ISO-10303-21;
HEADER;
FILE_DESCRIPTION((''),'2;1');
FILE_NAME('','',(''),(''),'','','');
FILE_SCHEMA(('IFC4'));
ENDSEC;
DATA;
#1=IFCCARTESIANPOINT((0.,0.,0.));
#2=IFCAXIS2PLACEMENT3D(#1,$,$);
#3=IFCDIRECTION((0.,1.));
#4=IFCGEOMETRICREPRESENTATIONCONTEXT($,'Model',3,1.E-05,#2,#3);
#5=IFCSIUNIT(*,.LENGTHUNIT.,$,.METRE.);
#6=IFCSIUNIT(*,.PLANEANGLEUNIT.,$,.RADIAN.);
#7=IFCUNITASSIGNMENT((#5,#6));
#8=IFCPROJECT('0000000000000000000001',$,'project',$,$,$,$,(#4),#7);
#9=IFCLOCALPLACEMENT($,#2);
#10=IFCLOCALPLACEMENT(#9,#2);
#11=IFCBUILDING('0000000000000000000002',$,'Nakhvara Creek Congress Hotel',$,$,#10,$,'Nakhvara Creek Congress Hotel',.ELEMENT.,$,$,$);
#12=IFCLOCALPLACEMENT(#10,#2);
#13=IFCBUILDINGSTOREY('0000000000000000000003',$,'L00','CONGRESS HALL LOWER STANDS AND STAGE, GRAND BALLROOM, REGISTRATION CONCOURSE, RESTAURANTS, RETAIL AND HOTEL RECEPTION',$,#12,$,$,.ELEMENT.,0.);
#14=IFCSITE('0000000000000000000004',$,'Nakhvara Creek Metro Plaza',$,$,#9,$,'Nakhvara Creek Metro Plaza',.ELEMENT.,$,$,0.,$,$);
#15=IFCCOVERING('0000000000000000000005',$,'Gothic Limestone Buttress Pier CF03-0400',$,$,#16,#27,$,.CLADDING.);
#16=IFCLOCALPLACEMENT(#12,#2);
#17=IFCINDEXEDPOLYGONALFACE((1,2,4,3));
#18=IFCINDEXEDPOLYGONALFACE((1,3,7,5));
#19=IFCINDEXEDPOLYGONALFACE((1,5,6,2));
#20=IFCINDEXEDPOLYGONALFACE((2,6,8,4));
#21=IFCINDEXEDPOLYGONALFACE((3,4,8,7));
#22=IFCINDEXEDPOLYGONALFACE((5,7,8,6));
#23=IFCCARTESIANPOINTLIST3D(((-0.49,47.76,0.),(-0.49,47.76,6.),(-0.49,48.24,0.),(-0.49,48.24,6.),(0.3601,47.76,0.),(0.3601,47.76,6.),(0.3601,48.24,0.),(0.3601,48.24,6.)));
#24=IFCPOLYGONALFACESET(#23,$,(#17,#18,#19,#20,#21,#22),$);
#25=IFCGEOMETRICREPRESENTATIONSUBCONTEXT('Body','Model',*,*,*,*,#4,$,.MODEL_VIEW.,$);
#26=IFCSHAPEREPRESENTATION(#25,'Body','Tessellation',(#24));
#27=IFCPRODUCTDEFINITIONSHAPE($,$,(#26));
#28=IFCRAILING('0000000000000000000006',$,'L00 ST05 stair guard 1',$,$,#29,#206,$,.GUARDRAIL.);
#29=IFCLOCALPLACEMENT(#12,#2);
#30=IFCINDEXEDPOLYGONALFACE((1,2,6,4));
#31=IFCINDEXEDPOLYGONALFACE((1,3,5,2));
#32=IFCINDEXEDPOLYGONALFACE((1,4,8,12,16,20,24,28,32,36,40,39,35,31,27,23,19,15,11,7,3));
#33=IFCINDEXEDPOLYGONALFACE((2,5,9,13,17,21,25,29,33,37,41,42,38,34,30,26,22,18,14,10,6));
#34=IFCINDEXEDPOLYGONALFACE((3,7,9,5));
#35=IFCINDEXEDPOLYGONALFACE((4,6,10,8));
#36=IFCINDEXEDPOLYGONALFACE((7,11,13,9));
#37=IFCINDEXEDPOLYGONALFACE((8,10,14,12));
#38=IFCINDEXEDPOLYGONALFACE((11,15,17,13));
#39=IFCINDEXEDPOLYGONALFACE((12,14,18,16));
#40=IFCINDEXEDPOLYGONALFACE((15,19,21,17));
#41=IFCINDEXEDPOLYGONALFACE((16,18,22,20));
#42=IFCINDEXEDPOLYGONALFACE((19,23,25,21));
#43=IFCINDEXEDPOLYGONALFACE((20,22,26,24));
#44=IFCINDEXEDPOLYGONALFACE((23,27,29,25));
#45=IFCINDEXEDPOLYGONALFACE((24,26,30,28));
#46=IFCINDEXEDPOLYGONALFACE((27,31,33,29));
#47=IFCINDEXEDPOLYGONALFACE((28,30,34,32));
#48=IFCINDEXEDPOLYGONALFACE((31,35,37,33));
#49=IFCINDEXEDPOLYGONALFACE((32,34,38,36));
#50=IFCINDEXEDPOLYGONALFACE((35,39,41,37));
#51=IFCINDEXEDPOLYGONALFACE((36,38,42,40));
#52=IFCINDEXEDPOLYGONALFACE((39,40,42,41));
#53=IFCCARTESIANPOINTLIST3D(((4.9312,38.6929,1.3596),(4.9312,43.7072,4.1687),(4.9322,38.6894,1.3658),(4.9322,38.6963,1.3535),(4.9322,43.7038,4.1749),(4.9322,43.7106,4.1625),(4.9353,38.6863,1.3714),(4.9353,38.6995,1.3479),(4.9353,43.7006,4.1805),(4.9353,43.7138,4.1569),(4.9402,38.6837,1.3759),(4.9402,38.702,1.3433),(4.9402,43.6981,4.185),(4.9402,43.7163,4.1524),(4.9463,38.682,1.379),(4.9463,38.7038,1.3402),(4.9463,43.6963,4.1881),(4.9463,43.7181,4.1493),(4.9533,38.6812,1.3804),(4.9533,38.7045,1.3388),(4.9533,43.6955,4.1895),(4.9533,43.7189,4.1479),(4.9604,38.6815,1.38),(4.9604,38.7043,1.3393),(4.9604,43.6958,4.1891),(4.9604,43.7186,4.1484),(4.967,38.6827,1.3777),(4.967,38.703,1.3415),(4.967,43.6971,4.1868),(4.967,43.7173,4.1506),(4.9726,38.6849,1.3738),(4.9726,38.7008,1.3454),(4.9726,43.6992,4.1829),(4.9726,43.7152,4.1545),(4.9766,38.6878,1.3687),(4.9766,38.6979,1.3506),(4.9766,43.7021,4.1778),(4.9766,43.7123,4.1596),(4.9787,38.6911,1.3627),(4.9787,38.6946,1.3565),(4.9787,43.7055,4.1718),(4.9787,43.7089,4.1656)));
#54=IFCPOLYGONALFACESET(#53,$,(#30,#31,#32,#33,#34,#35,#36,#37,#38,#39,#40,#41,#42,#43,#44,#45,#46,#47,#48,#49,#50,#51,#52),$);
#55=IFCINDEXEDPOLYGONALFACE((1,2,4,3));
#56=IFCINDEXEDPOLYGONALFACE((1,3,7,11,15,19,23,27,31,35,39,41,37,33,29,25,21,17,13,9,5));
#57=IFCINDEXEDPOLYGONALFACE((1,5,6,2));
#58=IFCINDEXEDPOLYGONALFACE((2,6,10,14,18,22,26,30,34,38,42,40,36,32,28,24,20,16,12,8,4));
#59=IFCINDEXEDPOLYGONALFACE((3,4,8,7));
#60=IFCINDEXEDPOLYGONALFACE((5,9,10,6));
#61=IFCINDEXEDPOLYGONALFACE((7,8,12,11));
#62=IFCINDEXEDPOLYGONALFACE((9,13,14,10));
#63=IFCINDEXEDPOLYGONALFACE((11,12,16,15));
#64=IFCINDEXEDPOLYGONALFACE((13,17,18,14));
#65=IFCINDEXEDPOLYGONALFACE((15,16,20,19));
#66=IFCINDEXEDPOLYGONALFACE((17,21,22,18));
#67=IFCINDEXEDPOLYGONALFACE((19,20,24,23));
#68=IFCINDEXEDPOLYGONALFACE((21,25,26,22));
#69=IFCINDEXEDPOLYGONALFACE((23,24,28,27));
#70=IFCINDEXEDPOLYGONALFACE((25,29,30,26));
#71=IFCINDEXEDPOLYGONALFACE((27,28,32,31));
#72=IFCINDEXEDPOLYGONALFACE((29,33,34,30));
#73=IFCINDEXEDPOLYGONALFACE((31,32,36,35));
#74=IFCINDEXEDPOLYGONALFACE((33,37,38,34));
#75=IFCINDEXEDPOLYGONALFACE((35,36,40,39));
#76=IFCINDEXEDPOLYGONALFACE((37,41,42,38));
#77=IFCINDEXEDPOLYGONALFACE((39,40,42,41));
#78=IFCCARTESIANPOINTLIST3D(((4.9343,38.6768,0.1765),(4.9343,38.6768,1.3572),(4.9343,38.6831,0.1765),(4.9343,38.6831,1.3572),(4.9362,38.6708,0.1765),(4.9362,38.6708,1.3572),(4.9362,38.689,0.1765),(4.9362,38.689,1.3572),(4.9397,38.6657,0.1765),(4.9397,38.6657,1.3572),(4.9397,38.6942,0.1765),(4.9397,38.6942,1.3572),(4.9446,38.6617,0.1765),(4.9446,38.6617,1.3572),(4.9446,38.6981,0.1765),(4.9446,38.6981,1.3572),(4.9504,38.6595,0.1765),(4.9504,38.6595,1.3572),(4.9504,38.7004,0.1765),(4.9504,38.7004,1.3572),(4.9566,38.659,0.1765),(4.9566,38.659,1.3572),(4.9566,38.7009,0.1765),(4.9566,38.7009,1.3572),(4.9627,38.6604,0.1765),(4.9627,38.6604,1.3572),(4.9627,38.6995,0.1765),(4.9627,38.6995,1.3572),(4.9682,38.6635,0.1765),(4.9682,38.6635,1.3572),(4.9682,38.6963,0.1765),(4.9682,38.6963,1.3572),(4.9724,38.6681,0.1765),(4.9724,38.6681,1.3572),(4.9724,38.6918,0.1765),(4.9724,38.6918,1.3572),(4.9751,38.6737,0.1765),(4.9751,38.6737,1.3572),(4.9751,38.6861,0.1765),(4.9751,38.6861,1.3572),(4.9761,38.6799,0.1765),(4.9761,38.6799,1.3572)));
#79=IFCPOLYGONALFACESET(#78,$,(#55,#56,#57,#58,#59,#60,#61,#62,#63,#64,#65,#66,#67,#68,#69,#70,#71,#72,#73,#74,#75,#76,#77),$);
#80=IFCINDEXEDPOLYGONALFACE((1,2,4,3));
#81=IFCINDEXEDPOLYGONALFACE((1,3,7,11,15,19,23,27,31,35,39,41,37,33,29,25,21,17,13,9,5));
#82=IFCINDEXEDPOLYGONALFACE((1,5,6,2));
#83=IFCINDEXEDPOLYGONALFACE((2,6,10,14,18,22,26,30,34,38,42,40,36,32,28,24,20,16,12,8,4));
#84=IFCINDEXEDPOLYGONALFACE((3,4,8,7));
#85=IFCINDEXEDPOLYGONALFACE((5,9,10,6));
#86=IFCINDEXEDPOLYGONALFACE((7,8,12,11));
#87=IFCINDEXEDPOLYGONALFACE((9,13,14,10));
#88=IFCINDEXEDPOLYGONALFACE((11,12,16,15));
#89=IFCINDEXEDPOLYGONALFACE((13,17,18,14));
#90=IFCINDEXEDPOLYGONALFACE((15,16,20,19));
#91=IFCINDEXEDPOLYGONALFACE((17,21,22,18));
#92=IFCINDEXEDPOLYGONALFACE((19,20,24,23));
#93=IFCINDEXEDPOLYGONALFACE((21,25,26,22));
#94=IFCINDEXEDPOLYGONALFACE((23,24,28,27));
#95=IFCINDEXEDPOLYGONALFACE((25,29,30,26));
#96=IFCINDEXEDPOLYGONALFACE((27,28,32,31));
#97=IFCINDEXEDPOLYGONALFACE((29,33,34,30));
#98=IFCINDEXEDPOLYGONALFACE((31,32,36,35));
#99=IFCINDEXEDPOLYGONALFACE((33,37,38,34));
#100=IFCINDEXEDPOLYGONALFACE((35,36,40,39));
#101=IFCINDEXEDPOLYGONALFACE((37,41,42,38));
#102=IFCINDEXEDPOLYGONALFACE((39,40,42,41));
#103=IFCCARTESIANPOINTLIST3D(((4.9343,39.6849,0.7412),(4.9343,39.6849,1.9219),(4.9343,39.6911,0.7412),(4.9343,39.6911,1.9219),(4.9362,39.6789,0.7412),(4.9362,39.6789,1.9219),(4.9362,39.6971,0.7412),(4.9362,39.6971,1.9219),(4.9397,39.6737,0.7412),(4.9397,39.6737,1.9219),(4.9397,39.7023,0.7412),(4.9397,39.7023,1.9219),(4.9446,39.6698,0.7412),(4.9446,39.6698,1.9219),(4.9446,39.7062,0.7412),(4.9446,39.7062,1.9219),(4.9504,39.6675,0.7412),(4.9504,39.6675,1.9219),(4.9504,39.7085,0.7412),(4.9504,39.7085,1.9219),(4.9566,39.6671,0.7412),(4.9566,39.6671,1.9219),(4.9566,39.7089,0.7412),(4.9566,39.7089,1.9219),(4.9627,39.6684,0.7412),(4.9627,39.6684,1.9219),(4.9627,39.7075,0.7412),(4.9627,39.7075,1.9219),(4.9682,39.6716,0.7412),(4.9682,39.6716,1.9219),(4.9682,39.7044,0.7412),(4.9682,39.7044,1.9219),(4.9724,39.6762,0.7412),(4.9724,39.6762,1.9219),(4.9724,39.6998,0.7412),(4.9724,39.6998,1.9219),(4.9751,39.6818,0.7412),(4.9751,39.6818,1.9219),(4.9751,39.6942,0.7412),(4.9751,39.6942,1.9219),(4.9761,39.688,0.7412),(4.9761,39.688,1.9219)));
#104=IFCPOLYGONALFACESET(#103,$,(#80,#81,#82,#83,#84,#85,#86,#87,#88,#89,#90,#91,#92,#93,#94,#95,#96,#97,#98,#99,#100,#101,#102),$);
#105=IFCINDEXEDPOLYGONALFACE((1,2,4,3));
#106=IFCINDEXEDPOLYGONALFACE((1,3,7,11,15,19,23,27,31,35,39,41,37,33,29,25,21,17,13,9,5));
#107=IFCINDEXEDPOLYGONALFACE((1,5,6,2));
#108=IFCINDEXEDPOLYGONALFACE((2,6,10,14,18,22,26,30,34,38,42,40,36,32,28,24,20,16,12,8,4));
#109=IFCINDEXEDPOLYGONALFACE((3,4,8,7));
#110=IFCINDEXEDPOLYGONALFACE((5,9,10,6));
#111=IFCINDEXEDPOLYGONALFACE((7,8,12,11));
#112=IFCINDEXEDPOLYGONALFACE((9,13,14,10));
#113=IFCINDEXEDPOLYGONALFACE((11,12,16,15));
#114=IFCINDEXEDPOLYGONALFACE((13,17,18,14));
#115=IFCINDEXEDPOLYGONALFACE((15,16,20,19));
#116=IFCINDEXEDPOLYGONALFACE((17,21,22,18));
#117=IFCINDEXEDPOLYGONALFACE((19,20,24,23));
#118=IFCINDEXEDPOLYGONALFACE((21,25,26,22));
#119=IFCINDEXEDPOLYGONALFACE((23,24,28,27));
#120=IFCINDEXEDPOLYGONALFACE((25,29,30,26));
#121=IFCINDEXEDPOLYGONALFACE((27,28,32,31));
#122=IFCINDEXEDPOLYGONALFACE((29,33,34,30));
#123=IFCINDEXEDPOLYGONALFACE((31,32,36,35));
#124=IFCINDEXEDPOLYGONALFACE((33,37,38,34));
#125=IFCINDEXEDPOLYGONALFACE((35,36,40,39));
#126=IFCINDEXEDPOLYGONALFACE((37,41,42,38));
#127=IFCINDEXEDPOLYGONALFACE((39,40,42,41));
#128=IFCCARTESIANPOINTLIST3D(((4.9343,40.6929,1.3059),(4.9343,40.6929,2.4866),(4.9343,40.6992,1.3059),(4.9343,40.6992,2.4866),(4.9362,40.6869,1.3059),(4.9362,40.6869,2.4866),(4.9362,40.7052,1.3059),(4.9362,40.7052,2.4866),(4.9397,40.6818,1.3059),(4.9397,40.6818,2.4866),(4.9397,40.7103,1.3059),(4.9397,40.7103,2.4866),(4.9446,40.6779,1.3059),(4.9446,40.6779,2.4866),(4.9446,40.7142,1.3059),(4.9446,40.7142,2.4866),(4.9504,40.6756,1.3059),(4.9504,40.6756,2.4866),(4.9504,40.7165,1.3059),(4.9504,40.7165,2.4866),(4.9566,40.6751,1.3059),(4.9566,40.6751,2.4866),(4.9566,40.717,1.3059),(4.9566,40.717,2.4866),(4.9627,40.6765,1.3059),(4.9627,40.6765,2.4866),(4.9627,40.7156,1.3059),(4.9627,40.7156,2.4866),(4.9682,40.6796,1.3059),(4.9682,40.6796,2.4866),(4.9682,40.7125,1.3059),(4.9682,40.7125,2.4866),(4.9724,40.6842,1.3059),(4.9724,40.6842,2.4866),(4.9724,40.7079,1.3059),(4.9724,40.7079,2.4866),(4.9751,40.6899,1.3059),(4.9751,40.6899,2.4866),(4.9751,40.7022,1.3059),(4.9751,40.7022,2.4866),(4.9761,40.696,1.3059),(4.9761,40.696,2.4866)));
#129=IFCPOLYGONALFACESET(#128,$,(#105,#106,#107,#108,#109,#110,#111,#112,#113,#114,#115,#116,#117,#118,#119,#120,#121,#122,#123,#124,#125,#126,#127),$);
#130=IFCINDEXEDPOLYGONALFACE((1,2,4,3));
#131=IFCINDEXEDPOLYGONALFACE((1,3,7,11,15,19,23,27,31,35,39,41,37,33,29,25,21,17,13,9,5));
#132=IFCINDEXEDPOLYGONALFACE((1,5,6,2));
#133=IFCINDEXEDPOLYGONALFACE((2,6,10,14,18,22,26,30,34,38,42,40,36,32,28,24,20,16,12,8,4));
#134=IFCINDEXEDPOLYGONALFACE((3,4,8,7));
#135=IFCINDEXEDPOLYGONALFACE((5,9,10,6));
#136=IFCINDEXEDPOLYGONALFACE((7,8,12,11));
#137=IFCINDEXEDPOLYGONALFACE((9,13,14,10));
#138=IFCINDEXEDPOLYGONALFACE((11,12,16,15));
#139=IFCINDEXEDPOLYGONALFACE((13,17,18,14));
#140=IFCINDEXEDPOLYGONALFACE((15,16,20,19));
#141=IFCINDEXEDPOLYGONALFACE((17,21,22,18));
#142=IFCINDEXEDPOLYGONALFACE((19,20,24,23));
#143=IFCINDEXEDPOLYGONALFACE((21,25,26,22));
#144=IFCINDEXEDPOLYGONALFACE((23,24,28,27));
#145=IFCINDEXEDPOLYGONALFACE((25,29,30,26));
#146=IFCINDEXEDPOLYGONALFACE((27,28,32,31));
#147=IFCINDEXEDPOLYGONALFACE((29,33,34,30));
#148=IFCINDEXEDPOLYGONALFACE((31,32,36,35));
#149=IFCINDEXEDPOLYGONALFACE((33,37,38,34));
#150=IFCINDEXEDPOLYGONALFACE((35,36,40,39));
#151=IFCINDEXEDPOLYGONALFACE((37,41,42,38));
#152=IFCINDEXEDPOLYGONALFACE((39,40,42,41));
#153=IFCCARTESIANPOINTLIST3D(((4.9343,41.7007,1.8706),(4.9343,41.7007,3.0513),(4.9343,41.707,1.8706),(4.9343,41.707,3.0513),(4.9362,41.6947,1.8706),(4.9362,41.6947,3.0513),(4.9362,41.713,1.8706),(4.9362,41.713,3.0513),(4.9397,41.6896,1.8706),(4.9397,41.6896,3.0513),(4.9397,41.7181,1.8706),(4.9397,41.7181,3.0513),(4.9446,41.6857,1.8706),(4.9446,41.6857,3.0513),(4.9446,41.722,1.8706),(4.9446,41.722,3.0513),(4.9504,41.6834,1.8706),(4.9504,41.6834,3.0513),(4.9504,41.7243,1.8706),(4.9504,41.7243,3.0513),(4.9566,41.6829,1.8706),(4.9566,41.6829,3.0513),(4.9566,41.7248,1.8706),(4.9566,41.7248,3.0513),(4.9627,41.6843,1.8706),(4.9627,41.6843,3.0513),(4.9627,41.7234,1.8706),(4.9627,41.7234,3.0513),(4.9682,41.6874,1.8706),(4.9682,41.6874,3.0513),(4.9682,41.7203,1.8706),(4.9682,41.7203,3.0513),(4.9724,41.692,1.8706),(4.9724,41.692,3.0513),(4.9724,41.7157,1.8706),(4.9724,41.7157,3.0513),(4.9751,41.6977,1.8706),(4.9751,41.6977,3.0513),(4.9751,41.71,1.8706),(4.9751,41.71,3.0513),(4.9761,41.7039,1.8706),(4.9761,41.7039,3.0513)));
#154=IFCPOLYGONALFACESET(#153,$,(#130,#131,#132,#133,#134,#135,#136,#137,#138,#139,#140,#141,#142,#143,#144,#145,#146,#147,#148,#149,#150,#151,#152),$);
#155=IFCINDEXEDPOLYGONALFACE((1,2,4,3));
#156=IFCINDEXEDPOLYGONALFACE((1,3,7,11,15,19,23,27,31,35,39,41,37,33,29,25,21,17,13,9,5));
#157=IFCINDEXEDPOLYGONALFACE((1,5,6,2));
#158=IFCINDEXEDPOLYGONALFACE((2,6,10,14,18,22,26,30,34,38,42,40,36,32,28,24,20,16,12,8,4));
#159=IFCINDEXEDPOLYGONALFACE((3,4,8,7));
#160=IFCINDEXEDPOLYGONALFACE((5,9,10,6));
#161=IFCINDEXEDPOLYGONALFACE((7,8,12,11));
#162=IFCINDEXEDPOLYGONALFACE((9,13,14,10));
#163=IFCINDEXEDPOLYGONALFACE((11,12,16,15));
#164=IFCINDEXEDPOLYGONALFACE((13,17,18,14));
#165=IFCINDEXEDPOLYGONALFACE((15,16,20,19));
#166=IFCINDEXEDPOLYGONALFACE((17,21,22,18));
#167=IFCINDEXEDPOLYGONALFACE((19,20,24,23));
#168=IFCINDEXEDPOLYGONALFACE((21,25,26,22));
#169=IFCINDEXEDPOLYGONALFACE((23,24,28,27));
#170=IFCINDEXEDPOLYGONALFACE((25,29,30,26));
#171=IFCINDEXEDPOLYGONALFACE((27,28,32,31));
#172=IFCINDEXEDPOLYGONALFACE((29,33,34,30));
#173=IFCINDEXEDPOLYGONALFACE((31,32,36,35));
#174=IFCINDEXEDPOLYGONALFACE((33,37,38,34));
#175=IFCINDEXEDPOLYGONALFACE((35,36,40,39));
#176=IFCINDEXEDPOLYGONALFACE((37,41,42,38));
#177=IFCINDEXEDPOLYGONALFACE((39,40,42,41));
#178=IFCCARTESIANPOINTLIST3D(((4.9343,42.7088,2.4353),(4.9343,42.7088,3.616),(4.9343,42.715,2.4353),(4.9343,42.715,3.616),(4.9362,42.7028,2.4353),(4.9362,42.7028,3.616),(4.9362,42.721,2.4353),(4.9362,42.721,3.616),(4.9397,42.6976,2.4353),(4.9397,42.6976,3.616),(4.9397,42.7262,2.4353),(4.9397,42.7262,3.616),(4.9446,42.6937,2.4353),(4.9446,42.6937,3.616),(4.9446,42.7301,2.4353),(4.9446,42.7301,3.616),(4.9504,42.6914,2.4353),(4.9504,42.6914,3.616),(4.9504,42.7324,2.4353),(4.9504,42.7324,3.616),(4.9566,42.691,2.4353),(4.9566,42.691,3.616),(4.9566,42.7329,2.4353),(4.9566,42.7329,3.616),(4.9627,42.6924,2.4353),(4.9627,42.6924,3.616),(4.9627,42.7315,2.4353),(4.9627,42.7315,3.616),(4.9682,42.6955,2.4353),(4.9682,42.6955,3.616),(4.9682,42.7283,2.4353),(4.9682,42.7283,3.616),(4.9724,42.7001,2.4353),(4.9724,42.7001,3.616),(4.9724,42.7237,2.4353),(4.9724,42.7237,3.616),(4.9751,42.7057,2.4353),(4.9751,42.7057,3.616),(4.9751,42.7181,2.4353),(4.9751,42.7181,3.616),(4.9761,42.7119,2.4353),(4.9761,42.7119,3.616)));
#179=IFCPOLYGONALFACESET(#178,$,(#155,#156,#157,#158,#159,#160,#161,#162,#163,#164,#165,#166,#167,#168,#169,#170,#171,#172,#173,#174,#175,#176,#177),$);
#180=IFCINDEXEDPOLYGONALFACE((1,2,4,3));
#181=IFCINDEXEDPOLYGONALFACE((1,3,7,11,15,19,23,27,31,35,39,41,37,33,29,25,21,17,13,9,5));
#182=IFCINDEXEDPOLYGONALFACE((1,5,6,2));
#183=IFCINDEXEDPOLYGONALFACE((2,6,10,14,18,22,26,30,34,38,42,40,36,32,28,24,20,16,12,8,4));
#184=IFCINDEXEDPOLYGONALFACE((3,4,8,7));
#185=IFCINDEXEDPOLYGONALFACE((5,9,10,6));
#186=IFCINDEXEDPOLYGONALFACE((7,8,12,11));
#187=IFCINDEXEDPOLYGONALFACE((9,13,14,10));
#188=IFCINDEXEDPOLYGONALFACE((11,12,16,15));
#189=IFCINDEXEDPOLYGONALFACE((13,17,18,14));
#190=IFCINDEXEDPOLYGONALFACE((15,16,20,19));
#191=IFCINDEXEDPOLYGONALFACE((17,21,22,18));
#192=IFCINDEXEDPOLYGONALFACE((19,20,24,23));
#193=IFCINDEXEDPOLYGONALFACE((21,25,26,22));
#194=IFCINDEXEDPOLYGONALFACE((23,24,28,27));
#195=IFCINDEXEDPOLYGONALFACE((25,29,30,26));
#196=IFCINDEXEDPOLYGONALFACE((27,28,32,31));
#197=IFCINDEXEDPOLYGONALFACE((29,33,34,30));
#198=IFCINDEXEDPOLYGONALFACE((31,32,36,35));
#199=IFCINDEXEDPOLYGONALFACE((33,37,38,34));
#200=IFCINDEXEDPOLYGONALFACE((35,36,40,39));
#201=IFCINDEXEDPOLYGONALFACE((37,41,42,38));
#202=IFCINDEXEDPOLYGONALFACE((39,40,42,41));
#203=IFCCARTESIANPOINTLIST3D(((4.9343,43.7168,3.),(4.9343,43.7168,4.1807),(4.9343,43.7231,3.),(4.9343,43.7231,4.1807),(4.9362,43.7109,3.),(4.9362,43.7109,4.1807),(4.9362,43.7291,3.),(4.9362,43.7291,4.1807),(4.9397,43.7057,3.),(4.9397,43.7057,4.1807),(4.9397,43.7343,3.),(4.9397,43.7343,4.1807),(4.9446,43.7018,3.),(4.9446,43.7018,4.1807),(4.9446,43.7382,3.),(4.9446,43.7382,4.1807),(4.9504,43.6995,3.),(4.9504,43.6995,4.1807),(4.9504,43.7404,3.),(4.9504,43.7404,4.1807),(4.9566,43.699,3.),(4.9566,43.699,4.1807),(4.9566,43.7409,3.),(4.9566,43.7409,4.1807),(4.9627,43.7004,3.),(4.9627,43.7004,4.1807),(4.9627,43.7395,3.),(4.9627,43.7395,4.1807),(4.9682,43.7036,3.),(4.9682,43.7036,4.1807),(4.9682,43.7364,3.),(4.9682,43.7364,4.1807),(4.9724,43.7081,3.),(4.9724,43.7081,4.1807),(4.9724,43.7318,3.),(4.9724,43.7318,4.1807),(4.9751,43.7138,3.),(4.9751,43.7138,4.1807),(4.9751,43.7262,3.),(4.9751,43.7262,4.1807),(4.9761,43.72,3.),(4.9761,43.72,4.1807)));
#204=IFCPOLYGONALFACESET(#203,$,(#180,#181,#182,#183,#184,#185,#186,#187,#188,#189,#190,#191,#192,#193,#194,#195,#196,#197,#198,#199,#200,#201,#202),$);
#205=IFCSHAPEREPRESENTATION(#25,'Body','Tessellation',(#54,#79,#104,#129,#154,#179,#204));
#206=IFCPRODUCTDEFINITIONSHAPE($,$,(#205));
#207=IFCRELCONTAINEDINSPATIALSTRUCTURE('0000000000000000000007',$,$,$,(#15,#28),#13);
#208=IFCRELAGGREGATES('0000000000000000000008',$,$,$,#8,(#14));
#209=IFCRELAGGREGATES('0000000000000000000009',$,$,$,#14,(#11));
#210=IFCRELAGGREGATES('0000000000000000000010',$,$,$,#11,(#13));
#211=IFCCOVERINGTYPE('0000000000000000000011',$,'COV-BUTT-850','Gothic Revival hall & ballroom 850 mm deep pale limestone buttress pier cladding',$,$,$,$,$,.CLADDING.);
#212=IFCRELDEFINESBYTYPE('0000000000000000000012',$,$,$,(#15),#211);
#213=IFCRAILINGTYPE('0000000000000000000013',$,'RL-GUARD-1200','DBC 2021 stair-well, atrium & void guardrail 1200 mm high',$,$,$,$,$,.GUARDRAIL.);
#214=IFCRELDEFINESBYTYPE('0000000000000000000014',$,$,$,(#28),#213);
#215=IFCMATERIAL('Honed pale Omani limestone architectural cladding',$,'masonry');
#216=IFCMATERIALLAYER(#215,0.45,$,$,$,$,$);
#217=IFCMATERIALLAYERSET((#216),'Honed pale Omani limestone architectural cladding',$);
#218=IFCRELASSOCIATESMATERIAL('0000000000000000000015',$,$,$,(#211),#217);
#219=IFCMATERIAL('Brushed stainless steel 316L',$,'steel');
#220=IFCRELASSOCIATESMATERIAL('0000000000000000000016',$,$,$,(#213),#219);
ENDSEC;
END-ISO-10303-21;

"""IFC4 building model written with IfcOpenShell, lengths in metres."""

from ifc_helpers import new_model, si_unit, direction, frame, origin, origin_2d, place, context, subcontext, project, spatial, rectangle, circle, extrude, material, layer, layer_set, type_object, element, save


model = new_model("IFC4")

# Units and contexts
model_context = context("Model", 3, precision=1e-05, world=origin(), true_north=direction((0.0, 1.0)))
body_context = subcontext(model_context, "Body", "Model", "MODEL_VIEW")
ifc_project = project(units=[si_unit("LENGTHUNIT", "METRE"), si_unit("PLANEANGLEUNIT", "RADIAN")], contexts=[model_context])

# Site, building, storey
site_placement = place(None, origin())
site = spatial("IfcSite", under=ifc_project, at=site_placement, Name="Nakhvara Creek Metro Plaza", LongName="Nakhvara Creek Metro Plaza", CompositionType="ELEMENT", RefElevation=0.0)
building_placement = place(site_placement, origin())
building = spatial("IfcBuilding", under=site, at=building_placement, Name="Nakhvara Creek Congress Hotel", LongName="Nakhvara Creek Congress Hotel", CompositionType="ELEMENT")
storey_placement = place(building_placement, origin())
storey = spatial("IfcBuildingStorey", under=building, at=storey_placement, Name="L00", Description="CONGRESS HALL LOWER STANDS AND STAGE, GRAND BALLROOM, REGISTRATION CONCOURSE, RESTAURANTS, RETAIL AND HOTEL RECEPTION", CompositionType="ELEMENT", Elevation=0.0)

# Covering
ifc_material_1 = material(Name="Honed pale Omani limestone architectural cladding", Category="masonry")
ifc_layer_1 = layer(ifc_material_1, 0.45)
ifc_layer_set_1 = layer_set([ifc_layer_1], Name="Honed pale Omani limestone architectural cladding")
covering_type = type_object("IfcCoveringType", Name="COV-BUTT-850", Description="Gothic Revival hall & ballroom 850 mm deep pale limestone buttress pier cladding", PredefinedType="CLADDING", material=ifc_layer_set_1)
for number, where, z_axis, x_axis, name in (
    (1, (-0.0649, 48.0, 0.0), (0.0, 0.0, 1.0), (0.0, 1.0, 0.0), "Gothic Limestone Buttress Pier CF03-0400"),
):
    element("IfcCovering", number, at=place(storey_placement, frame(where, z_axis=z_axis, x_axis=x_axis)), inside=storey, type_object=covering_type, Name=name, PredefinedType="CLADDING", context=body_context, shape_type="SweptSolid", body=[
        extrude(rectangle(XDim=0.48, YDim=0.8501, at=origin_2d()), origin(), (0.0, 0.0, 1.0), 6.0),
    ])

# Railing
ifc_material_2 = material(Name="Brushed stainless steel 316L", Category="steel")
railing_type_1 = type_object("IfcRailingType", Name="RL-GUARD-1200", Description="DBC 2021 stair-well, atrium & void guardrail 1200 mm high", PredefinedType="GUARDRAIL", material=ifc_material_2)
railing_1_placement = place(storey_placement, frame((4.9551, 38.6799, 0.1765)))
element("IfcRailing", 2, at=railing_1_placement, inside=storey, type_object=railing_type_1, Name="L00 ST05 stair guard 1", PredefinedType="GUARDRAIL", context=body_context, shape_type="SweptSolid", body=[
    extrude(circle(Radius=0.0239, at=origin_2d()), frame((0.0, 0.0129, 1.1831), z_axis=(0.0, 0.872427, 0.488744), x_axis=(-1.0, 0.0, 0.0)), (0.0, 0.0, 1.0), 5.7476),
    extrude(circle(Radius=0.021, at=origin_2d()), origin(), (0.0, 0.0, 1.0), 1.1807),
    extrude(circle(Radius=0.021, at=origin_2d()), frame((0.0, 1.0081, 0.5647)), (0.0, 0.0, 1.0), 1.1807),
    extrude(circle(Radius=0.021, at=origin_2d()), frame((0.0, 2.0161, 1.1294)), (0.0, 0.0, 1.0), 1.1807),
    extrude(circle(Radius=0.021, at=origin_2d()), frame((0.0, 3.0239, 1.6941)), (0.0, 0.0, 1.0), 1.1807),
    extrude(circle(Radius=0.021, at=origin_2d()), frame((0.0, 4.032, 2.2588)), (0.0, 0.0, 1.0), 1.1807),
    extrude(circle(Radius=0.021, at=origin_2d()), frame((0.0, 5.04, 2.8235)), (0.0, 0.0, 1.0), 1.1807),
])

save(model, "model.ifc")
